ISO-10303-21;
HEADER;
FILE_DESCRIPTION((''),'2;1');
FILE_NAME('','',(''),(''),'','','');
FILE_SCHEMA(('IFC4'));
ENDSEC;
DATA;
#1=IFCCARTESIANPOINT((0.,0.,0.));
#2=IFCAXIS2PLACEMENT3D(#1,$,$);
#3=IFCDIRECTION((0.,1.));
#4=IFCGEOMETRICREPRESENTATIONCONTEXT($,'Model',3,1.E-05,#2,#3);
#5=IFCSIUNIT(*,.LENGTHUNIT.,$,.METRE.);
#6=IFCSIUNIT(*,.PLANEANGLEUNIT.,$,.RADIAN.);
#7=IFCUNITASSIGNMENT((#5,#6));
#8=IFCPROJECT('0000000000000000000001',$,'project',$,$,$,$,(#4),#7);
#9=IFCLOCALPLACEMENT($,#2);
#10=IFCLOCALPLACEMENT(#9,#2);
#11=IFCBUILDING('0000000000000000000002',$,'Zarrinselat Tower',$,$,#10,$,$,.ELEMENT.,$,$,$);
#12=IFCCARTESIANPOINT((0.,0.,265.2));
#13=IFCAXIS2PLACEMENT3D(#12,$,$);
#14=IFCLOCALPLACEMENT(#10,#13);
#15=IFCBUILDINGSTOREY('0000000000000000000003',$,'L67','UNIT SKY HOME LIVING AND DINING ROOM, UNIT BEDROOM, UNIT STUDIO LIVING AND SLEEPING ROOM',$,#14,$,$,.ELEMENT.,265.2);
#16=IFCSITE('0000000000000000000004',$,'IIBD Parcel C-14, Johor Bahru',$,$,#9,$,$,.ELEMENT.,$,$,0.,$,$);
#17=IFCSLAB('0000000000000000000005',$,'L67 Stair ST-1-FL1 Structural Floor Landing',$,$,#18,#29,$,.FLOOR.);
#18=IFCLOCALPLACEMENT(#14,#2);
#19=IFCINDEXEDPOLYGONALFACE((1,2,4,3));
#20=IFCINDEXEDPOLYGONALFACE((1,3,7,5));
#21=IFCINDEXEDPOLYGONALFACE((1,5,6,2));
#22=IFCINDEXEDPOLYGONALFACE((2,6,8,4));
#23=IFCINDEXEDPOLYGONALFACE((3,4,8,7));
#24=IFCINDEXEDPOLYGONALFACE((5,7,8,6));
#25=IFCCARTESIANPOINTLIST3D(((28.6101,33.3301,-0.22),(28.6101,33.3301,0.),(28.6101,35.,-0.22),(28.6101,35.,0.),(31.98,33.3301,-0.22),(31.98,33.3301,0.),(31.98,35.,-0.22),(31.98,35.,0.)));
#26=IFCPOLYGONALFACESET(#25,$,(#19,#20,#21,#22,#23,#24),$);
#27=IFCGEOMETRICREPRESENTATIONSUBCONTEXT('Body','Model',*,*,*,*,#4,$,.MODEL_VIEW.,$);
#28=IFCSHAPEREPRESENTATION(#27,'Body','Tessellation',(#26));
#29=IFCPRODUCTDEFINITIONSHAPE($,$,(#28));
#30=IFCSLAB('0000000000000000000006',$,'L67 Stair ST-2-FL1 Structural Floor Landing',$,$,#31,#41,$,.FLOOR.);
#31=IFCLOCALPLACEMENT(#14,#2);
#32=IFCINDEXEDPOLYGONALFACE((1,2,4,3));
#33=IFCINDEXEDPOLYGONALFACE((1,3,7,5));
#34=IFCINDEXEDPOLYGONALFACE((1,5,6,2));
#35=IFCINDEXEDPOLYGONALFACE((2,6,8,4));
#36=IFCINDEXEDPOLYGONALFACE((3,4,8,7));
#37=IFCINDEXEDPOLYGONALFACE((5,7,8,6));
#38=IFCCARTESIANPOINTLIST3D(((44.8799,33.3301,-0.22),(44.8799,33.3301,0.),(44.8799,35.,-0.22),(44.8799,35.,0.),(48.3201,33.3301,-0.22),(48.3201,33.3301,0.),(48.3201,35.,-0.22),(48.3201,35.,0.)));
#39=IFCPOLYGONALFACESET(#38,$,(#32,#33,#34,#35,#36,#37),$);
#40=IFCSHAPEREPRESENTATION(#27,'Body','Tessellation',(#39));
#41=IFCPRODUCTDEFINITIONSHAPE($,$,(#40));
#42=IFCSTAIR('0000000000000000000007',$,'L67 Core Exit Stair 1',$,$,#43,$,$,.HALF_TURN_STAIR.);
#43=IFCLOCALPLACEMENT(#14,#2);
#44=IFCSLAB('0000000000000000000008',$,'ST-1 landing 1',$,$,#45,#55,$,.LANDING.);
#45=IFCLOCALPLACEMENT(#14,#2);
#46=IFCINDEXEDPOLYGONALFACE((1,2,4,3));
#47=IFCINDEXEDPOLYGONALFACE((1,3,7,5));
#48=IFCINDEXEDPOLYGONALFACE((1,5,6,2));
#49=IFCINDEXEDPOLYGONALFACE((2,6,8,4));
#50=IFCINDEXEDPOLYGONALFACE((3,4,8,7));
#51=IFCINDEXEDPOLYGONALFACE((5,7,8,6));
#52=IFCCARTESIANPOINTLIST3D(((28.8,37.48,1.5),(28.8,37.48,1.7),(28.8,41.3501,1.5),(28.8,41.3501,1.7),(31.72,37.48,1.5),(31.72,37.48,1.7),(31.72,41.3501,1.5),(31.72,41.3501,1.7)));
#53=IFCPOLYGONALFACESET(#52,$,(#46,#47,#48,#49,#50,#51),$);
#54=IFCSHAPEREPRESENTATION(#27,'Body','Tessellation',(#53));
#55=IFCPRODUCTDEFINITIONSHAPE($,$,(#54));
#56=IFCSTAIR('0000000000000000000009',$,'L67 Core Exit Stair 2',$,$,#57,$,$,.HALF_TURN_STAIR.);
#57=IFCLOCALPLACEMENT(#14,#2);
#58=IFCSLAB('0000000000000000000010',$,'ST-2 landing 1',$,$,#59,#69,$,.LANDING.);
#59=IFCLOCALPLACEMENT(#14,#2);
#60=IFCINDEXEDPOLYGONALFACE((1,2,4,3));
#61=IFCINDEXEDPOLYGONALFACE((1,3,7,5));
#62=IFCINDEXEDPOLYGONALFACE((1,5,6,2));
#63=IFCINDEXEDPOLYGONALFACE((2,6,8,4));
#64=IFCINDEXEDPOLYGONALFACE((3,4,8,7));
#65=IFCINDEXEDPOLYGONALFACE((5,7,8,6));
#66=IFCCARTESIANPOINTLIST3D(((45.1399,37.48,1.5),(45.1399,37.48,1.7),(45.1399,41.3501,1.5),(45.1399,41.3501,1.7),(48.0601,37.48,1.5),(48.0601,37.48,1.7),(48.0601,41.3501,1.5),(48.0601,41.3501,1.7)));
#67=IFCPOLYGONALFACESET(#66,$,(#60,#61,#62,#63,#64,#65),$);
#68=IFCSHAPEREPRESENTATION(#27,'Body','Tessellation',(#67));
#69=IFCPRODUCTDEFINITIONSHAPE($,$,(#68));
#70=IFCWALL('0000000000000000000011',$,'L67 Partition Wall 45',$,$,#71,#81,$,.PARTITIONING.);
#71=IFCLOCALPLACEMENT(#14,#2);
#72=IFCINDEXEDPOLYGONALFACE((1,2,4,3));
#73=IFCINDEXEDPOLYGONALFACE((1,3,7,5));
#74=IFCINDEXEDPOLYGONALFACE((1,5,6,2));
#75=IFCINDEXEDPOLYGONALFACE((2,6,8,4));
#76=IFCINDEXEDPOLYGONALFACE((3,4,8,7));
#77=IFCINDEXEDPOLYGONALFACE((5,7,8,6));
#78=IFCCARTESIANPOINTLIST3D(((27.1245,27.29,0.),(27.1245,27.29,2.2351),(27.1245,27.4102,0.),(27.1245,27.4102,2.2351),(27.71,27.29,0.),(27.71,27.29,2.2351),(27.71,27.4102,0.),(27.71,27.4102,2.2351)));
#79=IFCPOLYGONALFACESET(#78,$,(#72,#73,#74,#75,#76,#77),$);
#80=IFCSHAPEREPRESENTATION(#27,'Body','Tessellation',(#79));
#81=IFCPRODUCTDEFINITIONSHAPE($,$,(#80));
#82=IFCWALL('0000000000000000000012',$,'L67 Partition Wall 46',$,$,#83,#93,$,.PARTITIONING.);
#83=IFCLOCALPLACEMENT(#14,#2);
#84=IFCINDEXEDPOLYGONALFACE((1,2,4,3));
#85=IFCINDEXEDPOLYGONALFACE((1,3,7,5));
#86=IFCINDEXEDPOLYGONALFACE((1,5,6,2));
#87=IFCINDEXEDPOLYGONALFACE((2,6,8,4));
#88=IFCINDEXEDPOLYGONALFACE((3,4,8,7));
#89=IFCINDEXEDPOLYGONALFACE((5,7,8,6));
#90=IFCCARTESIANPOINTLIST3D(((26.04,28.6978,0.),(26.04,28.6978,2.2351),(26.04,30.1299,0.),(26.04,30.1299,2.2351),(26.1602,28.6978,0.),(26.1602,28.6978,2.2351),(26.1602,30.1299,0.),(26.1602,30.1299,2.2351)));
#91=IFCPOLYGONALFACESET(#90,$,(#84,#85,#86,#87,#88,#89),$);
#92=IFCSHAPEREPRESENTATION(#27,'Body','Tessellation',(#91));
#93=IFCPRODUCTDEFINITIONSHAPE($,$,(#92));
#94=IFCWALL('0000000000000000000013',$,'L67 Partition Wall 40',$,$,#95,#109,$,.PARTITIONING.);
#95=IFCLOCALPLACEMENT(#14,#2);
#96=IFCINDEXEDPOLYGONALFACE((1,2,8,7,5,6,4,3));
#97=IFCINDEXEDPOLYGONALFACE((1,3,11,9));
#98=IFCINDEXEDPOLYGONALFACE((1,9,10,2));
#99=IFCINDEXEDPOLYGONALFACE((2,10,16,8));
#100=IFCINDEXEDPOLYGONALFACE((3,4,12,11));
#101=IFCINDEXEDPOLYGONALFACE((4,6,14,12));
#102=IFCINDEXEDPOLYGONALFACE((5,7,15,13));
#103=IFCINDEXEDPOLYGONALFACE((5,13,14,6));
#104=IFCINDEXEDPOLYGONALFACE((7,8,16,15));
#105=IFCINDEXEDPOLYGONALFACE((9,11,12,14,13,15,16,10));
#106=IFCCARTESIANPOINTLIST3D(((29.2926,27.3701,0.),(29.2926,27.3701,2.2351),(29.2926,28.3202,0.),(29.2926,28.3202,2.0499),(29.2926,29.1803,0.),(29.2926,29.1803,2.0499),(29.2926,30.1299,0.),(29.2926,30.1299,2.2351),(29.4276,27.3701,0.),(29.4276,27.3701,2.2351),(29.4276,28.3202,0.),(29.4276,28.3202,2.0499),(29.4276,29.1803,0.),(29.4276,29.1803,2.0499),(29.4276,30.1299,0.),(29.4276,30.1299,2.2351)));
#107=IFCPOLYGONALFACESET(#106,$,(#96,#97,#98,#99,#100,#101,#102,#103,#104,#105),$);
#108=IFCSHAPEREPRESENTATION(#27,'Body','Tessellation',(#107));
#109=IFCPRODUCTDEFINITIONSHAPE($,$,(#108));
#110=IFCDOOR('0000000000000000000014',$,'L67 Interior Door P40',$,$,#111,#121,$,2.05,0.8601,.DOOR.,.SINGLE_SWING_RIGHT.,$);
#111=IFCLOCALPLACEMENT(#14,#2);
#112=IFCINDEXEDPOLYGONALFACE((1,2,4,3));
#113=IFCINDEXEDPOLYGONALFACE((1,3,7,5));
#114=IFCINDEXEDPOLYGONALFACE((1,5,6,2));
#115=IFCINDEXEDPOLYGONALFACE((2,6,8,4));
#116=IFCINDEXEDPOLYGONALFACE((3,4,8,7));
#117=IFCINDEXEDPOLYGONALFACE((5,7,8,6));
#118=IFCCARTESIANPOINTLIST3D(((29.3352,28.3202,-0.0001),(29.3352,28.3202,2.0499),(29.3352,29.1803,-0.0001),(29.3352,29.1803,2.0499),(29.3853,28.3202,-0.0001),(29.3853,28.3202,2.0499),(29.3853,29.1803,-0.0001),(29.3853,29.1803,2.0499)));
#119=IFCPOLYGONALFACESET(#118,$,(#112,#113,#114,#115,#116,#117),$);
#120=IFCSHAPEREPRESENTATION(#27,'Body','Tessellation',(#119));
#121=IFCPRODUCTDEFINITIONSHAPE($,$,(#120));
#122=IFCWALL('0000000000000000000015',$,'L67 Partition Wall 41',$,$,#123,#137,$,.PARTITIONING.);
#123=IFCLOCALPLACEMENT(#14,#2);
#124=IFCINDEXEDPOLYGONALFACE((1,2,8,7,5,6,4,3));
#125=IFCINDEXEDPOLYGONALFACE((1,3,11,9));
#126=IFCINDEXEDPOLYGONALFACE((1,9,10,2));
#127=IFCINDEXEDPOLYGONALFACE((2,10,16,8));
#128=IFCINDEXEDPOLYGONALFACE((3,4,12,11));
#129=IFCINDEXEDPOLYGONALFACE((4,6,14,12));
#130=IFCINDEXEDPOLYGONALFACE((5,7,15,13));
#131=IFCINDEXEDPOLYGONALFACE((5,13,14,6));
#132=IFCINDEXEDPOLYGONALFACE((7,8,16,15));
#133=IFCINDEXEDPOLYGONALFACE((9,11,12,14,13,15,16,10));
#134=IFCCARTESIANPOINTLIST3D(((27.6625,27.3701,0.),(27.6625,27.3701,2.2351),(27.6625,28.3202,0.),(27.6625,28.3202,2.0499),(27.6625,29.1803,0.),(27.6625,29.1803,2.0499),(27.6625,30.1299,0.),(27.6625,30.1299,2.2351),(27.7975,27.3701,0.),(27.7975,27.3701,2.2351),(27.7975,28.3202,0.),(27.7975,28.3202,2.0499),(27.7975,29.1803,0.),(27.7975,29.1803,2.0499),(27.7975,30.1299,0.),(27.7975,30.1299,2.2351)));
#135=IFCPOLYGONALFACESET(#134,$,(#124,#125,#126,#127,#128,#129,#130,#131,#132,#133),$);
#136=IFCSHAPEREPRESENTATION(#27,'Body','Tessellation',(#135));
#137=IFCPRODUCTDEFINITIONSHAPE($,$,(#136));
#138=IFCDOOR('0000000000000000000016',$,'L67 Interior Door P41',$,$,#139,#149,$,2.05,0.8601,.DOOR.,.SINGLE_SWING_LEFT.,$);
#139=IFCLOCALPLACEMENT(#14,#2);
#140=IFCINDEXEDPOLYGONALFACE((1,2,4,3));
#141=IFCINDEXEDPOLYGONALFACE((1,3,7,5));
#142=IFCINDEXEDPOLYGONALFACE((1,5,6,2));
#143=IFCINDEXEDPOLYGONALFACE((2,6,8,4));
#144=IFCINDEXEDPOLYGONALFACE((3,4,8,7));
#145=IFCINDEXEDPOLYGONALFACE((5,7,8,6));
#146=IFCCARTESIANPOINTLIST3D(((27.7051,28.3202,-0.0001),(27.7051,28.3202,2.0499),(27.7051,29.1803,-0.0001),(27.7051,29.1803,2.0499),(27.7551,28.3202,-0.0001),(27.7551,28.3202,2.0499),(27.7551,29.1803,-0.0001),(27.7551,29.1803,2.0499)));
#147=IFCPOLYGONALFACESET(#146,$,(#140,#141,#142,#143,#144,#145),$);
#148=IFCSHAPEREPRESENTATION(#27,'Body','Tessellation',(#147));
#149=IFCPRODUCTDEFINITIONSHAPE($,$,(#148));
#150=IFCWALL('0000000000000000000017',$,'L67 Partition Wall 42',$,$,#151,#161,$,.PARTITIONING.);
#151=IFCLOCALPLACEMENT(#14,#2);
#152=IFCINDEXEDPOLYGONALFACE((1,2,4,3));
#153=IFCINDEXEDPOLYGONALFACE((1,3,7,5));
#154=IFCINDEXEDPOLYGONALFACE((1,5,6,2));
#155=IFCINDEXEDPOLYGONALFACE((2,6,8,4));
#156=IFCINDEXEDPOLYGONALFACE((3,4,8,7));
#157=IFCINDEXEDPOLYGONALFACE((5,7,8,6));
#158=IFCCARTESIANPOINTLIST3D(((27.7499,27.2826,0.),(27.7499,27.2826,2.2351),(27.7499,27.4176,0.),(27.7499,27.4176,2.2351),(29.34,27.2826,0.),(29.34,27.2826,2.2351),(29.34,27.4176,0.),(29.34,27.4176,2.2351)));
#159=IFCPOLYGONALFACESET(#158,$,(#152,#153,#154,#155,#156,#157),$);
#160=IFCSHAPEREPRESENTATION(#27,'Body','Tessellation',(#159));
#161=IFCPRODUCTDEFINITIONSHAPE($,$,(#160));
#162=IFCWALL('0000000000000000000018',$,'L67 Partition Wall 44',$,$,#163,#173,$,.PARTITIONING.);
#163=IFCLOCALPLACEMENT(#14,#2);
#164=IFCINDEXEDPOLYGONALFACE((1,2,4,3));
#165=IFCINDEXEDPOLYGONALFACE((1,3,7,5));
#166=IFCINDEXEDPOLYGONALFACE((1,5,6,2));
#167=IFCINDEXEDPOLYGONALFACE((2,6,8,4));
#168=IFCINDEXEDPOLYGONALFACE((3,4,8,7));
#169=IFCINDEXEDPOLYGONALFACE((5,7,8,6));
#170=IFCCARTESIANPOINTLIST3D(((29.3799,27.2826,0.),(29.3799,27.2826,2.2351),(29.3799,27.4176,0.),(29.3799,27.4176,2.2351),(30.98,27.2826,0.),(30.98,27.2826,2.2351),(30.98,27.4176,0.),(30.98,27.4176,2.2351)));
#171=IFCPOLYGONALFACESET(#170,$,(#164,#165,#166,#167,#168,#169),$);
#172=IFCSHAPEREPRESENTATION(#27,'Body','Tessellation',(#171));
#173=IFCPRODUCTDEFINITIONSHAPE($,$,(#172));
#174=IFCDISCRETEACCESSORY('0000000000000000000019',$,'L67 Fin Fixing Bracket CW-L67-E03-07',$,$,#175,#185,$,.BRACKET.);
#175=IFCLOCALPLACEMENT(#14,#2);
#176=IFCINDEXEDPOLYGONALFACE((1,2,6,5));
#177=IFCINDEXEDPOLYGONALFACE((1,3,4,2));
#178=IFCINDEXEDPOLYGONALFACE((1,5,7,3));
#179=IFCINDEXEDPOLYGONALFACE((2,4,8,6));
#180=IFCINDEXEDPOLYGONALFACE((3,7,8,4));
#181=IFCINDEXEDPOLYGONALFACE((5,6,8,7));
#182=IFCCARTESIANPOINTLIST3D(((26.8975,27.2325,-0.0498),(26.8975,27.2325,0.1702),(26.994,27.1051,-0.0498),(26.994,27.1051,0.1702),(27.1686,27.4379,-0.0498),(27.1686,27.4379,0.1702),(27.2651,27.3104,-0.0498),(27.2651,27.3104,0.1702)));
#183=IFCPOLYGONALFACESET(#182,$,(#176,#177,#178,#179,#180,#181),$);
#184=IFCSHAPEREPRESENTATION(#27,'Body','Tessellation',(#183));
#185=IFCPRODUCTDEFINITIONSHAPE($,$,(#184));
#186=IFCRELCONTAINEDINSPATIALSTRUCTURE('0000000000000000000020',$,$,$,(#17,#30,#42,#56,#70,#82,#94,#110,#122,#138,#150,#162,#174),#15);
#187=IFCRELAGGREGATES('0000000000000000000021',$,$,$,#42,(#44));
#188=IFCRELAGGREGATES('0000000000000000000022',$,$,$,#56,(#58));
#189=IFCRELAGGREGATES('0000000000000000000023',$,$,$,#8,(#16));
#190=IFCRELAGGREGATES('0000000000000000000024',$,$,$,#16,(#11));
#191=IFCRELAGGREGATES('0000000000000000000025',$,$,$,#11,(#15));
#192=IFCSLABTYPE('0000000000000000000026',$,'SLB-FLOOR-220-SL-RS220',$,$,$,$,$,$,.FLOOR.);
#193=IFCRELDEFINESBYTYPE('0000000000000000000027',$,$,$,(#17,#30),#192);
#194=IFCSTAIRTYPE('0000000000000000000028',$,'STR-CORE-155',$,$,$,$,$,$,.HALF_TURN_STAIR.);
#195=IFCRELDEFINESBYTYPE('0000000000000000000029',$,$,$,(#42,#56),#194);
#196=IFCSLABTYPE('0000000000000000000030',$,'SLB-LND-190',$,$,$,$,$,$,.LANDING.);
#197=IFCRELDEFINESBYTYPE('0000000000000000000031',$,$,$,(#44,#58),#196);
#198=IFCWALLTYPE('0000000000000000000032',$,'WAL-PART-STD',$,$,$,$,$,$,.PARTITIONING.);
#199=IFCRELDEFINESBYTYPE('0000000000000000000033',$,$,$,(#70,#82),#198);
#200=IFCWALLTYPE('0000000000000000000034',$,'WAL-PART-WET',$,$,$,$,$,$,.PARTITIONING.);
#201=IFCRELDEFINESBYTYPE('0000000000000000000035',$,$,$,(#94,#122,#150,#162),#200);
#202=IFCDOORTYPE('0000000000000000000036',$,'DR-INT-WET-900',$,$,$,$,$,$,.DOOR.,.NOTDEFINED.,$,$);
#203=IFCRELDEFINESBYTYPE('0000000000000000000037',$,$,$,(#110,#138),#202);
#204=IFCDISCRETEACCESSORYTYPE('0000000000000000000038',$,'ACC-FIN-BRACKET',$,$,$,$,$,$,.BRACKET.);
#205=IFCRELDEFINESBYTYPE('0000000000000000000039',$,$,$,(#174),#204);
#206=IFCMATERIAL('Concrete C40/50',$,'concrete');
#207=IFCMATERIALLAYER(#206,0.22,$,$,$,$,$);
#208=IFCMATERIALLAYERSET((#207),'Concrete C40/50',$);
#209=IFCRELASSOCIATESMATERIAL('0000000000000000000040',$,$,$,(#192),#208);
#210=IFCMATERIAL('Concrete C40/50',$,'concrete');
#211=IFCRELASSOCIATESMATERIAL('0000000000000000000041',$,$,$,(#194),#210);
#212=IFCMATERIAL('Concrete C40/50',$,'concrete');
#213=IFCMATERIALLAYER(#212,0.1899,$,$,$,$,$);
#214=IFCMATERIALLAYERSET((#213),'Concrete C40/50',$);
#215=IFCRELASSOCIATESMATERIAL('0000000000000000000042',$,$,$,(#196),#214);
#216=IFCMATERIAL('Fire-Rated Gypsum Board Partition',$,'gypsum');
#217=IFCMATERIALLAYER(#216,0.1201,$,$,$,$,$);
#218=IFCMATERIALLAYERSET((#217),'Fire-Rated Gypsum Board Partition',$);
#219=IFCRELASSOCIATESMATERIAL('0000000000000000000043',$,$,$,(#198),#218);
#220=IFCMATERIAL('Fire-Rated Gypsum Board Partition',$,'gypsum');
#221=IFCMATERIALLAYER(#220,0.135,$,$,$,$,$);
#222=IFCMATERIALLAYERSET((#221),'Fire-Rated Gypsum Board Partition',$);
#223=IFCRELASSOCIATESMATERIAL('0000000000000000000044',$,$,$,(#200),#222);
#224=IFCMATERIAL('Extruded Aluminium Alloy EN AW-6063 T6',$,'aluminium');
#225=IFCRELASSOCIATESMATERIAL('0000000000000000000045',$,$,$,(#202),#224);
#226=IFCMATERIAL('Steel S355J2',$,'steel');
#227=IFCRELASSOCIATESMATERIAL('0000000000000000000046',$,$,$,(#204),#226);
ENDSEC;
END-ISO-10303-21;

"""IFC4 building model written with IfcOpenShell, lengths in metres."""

from ifc_helpers import new_model, si_unit, direction, frame, frame_2d, origin, origin_2d, place, context, subcontext, project, spatial, polyline, rectangle, outline, extrude, material, layer, layer_set, type_object, element, fill, aggregate, save


model = new_model("IFC4")

# Units and contexts
model_context = context("Model", 3, precision=1e-05, world=origin(), true_north=direction((0.0, 1.0)))
body_context = subcontext(model_context, "Body", "Model", "MODEL_VIEW")
ifc_project = project(units=[si_unit("LENGTHUNIT", "METRE"), si_unit("PLANEANGLEUNIT", "RADIAN")], contexts=[model_context])

# Site, building, storey
site_placement = place(None, origin())
site = spatial("IfcSite", under=ifc_project, at=site_placement, Name="IIBD Parcel C-14, Johor Bahru", CompositionType="ELEMENT", RefElevation=0.0)
building_placement = place(site_placement, origin())
building = spatial("IfcBuilding", under=site, at=building_placement, Name="Zarrinselat Tower", CompositionType="ELEMENT")
storey_placement = place(building_placement, frame((0.0, 0.0, 265.2)))
storey = spatial("IfcBuildingStorey", under=building, at=storey_placement, Name="L67", Description="UNIT SKY HOME LIVING AND DINING ROOM, UNIT BEDROOM, UNIT STUDIO LIVING AND SLEEPING ROOM", CompositionType="ELEMENT", Elevation=265.2)

# Slabs
ifc_material_1 = material(Name="Concrete C40/50", Category="concrete")
ifc_layer_1 = layer(ifc_material_1, 0.22)
ifc_layer_set_1 = layer_set([ifc_layer_1], Name="Concrete C40/50")
slab_type_1 = type_object("IfcSlabType", Name="SLB-FLOOR-220-SL-RS220", PredefinedType="FLOOR", material=ifc_layer_set_1)
slab_1_placement = place(storey_placement, frame((0.0, 0.0, -0.22)))
element("IfcSlab", 1, at=slab_1_placement, inside=storey, type_object=slab_type_1, Name="L67 Stair ST-1-FL1 Structural Floor Landing", PredefinedType="FLOOR", context=body_context, shape_type="SweptSolid", body=[
    extrude(outline(polyline([(31.98, 33.3301), (31.98, 35.0), (28.6101, 35.0), (28.6101, 33.3301), (31.98, 33.3301)])), origin(), (0.0, 0.0, 1.0), 0.22),
])
slab_2_placement = place(storey_placement, frame((0.0, 0.0, -0.22)))
element("IfcSlab", 2, at=slab_2_placement, inside=storey, type_object=slab_type_1, Name="L67 Stair ST-2-FL1 Structural Floor Landing", PredefinedType="FLOOR", context=body_context, shape_type="SweptSolid", body=[
    extrude(outline(polyline([(48.3201, 33.3301), (48.3201, 35.0), (44.8799, 35.0), (44.8799, 33.3301), (48.3201, 33.3301)])), origin(), (0.0, 0.0, 1.0), 0.22),
])

# Stairs, slabs
ifc_material_2 = material(Name="Concrete C40/50", Category="concrete")
stair_type = type_object("IfcStairType", Name="STR-CORE-155", PredefinedType="HALF_TURN_STAIR", material=ifc_material_2)
stair_1_placement = place(storey_placement, origin())
stair_1 = element("IfcStair", 3, at=stair_1_placement, inside=storey, type_object=stair_type, Name="L67 Core Exit Stair 1", PredefinedType="HALF_TURN_STAIR")
ifc_material_3 = material(Name="Concrete C40/50", Category="concrete")
ifc_layer_2 = layer(ifc_material_3, 0.1899)
ifc_layer_set_2 = layer_set([ifc_layer_2], Name="Concrete C40/50")
slab_type_2 = type_object("IfcSlabType", Name="SLB-LND-190", PredefinedType="LANDING", material=ifc_layer_set_2)
slab_3_placement = place(storey_placement, frame((0.0, 0.0, 1.5)))
slab_3 = element("IfcSlab", 4, at=slab_3_placement, type_object=slab_type_2, Name="ST-1 landing 1", PredefinedType="LANDING", context=body_context, shape_type="SweptSolid", body=[
    extrude(outline(polyline([(31.72, 37.48), (31.72, 41.3501), (28.8, 41.3501), (28.8, 37.48), (31.72, 37.48)])), origin(), (0.0, 0.0, 1.0), 0.2),
])
aggregate(stair_1, [slab_3])
stair_2_placement = place(storey_placement, origin())
stair_2 = element("IfcStair", 5, at=stair_2_placement, inside=storey, type_object=stair_type, Name="L67 Core Exit Stair 2", PredefinedType="HALF_TURN_STAIR")
slab_4_placement = place(storey_placement, frame((0.0, 0.0, 1.5)))
slab_4 = element("IfcSlab", 6, at=slab_4_placement, type_object=slab_type_2, Name="ST-2 landing 1", PredefinedType="LANDING", context=body_context, shape_type="SweptSolid", body=[
    extrude(outline(polyline([(48.0601, 37.48), (48.0601, 41.3501), (45.1399, 41.3501), (45.1399, 37.48), (48.0601, 37.48)])), origin(), (0.0, 0.0, 1.0), 0.2),
])
aggregate(stair_2, [slab_4])

# Walls
ifc_material_4 = material(Name="Fire-Rated Gypsum Board Partition", Category="gypsum")
ifc_layer_3 = layer(ifc_material_4, 0.1201)
ifc_layer_set_3 = layer_set([ifc_layer_3], Name="Fire-Rated Gypsum Board Partition")
wall_type_1 = type_object("IfcWallType", Name="WAL-PART-STD", PredefinedType="PARTITIONING", material=ifc_layer_set_3)
wall_1_placement = place(storey_placement, frame((27.1245, 27.3501, 0.0), z_axis=(0.0, 0.0, 1.0), x_axis=(1.0, 0.0, 0.0)))
element("IfcWall", 7, at=wall_1_placement, inside=storey, type_object=wall_type_1, Name="L67 Partition Wall 45", PredefinedType="PARTITIONING", context=body_context, shape_type="SweptSolid", body=[
    extrude(rectangle(XDim=0.5854, YDim=0.1201, at=frame_2d((0.2927, 0.0))), origin(), (0.0, 0.0, 1.0), 2.2351),
])
wall_2_placement = place(storey_placement, frame((26.1001, 28.6978, 0.0), z_axis=(0.0, 0.0, 1.0), x_axis=(0.0, 1.0, 0.0)))
element("IfcWall", 8, at=wall_2_placement, inside=storey, type_object=wall_type_1, Name="L67 Partition Wall 46", PredefinedType="PARTITIONING", context=body_context, shape_type="SweptSolid", body=[
    extrude(rectangle(XDim=1.4321, YDim=0.1201, at=frame_2d((0.7161, 0.0))), origin(), (0.0, 0.0, 1.0), 2.2351),
])

# Walls, openings, doors
ifc_material_5 = material(Name="Fire-Rated Gypsum Board Partition", Category="gypsum")
ifc_layer_4 = layer(ifc_material_5, 0.135)
ifc_layer_set_4 = layer_set([ifc_layer_4], Name="Fire-Rated Gypsum Board Partition")
wall_type_2 = type_object("IfcWallType", Name="WAL-PART-WET", PredefinedType="PARTITIONING", material=ifc_layer_set_4)
wall_3_placement = place(storey_placement, frame((29.3601, 27.3701, 0.0), z_axis=(0.0, 0.0, 1.0), x_axis=(0.0, 1.0, 0.0)))
wall_3 = element("IfcWall", 9, at=wall_3_placement, inside=storey, type_object=wall_type_2, Name="L67 Partition Wall 40", PredefinedType="PARTITIONING", context=body_context, shape_type="SweptSolid", body=[
    extrude(rectangle(XDim=2.7598, YDim=0.135, at=frame_2d((1.3799, 0.0))), origin(), (0.0, 0.0, 1.0), 2.2351),
])
opening_1_placement = place(wall_3_placement, frame((0.95, 0.0, 0.0)))
opening_1 = element("IfcOpeningElement", 10, at=opening_1_placement, cuts=wall_3, PredefinedType="OPENING", context=body_context, shape_type="SweptSolid", body=[
    extrude(rectangle(XDim=0.8601, YDim=2.05, at=frame_2d((0.4302, 1.0249))), frame((0.0, 0.0774, 0.0), z_axis=(0.0, -1.0, 0.0), x_axis=(1.0, 0.0, 0.0)), (0.0, 0.0, 1.0), 0.155),
])
ifc_material_6 = material(Name="Extruded Aluminium Alloy EN AW-6063 T6", Category="aluminium")
door_type = type_object("IfcDoorType", Name="DR-INT-WET-900", OperationType="NOTDEFINED", PredefinedType="DOOR", material=ifc_material_6)
door_1_placement = place(opening_1_placement, origin())
door_1 = element("IfcDoor", 11, at=door_1_placement, inside=storey, type_object=door_type, Name="L67 Interior Door P40", OperationType="SINGLE_SWING_RIGHT", OverallHeight=2.05, OverallWidth=0.8601, PredefinedType="DOOR", context=body_context, shape_type="SweptSolid", body=[
    extrude(rectangle(XDim=0.8601, YDim=2.05, at=frame_2d((0.4302, 1.0249))), frame((0.0, 0.0249, 0.0), z_axis=(0.0, -1.0, 0.0), x_axis=(1.0, 0.0, 0.0)), (0.0, 0.0, 1.0), 0.05),
])
fill(opening_1, door_1)
wall_4_placement = place(storey_placement, frame((27.73, 27.3701, 0.0), z_axis=(0.0, 0.0, 1.0), x_axis=(0.0, 1.0, 0.0)))
wall_4 = element("IfcWall", 12, at=wall_4_placement, inside=storey, type_object=wall_type_2, Name="L67 Partition Wall 41", PredefinedType="PARTITIONING", context=body_context, shape_type="SweptSolid", body=[
    extrude(rectangle(XDim=2.7598, YDim=0.135, at=frame_2d((1.3799, 0.0))), origin(), (0.0, 0.0, 1.0), 2.2351),
])
opening_2_placement = place(wall_4_placement, frame((0.95, 0.0, 0.0)))
opening_2 = element("IfcOpeningElement", 13, at=opening_2_placement, cuts=wall_4, PredefinedType="OPENING", context=body_context, shape_type="SweptSolid", body=[
    extrude(rectangle(XDim=0.8601, YDim=2.05, at=frame_2d((0.4302, 1.0249))), frame((0.0, 0.0774, 0.0), z_axis=(0.0, -1.0, 0.0), x_axis=(1.0, 0.0, 0.0)), (0.0, 0.0, 1.0), 0.155),
])
door_2_placement = place(opening_2_placement, origin())
door_2 = element("IfcDoor", 14, at=door_2_placement, inside=storey, type_object=door_type, Name="L67 Interior Door P41", OperationType="SINGLE_SWING_LEFT", OverallHeight=2.05, OverallWidth=0.8601, PredefinedType="DOOR", context=body_context, shape_type="SweptSolid", body=[
    extrude(rectangle(XDim=0.8601, YDim=2.05, at=frame_2d((0.4302, 1.0249))), frame((0.0, 0.0249, 0.0), z_axis=(0.0, -1.0, 0.0), x_axis=(1.0, 0.0, 0.0)), (0.0, 0.0, 1.0), 0.05),
])
fill(opening_2, door_2)

# Walls
wall_5_placement = place(storey_placement, frame((27.75, 27.3501, 0.0), z_axis=(0.0, 0.0, 1.0), x_axis=(1.0, 0.0, 0.0)))
element("IfcWall", 15, at=wall_5_placement, inside=storey, type_object=wall_type_2, Name="L67 Partition Wall 42", PredefinedType="PARTITIONING", context=body_context, shape_type="SweptSolid", body=[
    extrude(rectangle(XDim=1.5901, YDim=0.135, at=frame_2d((0.7949, 0.0))), origin(), (0.0, 0.0, 1.0), 2.2351),
])
wall_6_placement = place(storey_placement, frame((29.3799, 27.3501, 0.0), z_axis=(0.0, 0.0, 1.0), x_axis=(1.0, 0.0, 0.0)))
element("IfcWall", 16, at=wall_6_placement, inside=storey, type_object=wall_type_2, Name="L67 Partition Wall 44", PredefinedType="PARTITIONING", context=body_context, shape_type="SweptSolid", body=[
    extrude(rectangle(XDim=1.6001, YDim=0.135, at=frame_2d((0.8, 0.0))), origin(), (0.0, 0.0, 1.0), 2.2351),
])

# Discrete accessory
ifc_material_7 = material(Name="Steel S355J2", Category="steel")
discrete_accessory_type = type_object("IfcDiscreteAccessoryType", Name="ACC-FIN-BRACKET", PredefinedType="BRACKET", material=ifc_material_7)
discrete_accessory_placement = place(storey_placement, frame((27.0813, 27.2715, -0.0498), z_axis=(0.0, 0.0, 1.0), x_axis=(-0.797092, -0.603858, 0.0)))
element("IfcDiscreteAccessory", 17, at=discrete_accessory_placement, inside=storey, type_object=discrete_accessory_type, Name="L67 Fin Fixing Bracket CW-L67-E03-07", PredefinedType="BRACKET", context=body_context, shape_type="SweptSolid", body=[
    extrude(rectangle(XDim=0.3401, YDim=0.1599, at=origin_2d()), origin(), (0.0, 0.0, 1.0), 0.22),
])

save(model, "model.ifc")
